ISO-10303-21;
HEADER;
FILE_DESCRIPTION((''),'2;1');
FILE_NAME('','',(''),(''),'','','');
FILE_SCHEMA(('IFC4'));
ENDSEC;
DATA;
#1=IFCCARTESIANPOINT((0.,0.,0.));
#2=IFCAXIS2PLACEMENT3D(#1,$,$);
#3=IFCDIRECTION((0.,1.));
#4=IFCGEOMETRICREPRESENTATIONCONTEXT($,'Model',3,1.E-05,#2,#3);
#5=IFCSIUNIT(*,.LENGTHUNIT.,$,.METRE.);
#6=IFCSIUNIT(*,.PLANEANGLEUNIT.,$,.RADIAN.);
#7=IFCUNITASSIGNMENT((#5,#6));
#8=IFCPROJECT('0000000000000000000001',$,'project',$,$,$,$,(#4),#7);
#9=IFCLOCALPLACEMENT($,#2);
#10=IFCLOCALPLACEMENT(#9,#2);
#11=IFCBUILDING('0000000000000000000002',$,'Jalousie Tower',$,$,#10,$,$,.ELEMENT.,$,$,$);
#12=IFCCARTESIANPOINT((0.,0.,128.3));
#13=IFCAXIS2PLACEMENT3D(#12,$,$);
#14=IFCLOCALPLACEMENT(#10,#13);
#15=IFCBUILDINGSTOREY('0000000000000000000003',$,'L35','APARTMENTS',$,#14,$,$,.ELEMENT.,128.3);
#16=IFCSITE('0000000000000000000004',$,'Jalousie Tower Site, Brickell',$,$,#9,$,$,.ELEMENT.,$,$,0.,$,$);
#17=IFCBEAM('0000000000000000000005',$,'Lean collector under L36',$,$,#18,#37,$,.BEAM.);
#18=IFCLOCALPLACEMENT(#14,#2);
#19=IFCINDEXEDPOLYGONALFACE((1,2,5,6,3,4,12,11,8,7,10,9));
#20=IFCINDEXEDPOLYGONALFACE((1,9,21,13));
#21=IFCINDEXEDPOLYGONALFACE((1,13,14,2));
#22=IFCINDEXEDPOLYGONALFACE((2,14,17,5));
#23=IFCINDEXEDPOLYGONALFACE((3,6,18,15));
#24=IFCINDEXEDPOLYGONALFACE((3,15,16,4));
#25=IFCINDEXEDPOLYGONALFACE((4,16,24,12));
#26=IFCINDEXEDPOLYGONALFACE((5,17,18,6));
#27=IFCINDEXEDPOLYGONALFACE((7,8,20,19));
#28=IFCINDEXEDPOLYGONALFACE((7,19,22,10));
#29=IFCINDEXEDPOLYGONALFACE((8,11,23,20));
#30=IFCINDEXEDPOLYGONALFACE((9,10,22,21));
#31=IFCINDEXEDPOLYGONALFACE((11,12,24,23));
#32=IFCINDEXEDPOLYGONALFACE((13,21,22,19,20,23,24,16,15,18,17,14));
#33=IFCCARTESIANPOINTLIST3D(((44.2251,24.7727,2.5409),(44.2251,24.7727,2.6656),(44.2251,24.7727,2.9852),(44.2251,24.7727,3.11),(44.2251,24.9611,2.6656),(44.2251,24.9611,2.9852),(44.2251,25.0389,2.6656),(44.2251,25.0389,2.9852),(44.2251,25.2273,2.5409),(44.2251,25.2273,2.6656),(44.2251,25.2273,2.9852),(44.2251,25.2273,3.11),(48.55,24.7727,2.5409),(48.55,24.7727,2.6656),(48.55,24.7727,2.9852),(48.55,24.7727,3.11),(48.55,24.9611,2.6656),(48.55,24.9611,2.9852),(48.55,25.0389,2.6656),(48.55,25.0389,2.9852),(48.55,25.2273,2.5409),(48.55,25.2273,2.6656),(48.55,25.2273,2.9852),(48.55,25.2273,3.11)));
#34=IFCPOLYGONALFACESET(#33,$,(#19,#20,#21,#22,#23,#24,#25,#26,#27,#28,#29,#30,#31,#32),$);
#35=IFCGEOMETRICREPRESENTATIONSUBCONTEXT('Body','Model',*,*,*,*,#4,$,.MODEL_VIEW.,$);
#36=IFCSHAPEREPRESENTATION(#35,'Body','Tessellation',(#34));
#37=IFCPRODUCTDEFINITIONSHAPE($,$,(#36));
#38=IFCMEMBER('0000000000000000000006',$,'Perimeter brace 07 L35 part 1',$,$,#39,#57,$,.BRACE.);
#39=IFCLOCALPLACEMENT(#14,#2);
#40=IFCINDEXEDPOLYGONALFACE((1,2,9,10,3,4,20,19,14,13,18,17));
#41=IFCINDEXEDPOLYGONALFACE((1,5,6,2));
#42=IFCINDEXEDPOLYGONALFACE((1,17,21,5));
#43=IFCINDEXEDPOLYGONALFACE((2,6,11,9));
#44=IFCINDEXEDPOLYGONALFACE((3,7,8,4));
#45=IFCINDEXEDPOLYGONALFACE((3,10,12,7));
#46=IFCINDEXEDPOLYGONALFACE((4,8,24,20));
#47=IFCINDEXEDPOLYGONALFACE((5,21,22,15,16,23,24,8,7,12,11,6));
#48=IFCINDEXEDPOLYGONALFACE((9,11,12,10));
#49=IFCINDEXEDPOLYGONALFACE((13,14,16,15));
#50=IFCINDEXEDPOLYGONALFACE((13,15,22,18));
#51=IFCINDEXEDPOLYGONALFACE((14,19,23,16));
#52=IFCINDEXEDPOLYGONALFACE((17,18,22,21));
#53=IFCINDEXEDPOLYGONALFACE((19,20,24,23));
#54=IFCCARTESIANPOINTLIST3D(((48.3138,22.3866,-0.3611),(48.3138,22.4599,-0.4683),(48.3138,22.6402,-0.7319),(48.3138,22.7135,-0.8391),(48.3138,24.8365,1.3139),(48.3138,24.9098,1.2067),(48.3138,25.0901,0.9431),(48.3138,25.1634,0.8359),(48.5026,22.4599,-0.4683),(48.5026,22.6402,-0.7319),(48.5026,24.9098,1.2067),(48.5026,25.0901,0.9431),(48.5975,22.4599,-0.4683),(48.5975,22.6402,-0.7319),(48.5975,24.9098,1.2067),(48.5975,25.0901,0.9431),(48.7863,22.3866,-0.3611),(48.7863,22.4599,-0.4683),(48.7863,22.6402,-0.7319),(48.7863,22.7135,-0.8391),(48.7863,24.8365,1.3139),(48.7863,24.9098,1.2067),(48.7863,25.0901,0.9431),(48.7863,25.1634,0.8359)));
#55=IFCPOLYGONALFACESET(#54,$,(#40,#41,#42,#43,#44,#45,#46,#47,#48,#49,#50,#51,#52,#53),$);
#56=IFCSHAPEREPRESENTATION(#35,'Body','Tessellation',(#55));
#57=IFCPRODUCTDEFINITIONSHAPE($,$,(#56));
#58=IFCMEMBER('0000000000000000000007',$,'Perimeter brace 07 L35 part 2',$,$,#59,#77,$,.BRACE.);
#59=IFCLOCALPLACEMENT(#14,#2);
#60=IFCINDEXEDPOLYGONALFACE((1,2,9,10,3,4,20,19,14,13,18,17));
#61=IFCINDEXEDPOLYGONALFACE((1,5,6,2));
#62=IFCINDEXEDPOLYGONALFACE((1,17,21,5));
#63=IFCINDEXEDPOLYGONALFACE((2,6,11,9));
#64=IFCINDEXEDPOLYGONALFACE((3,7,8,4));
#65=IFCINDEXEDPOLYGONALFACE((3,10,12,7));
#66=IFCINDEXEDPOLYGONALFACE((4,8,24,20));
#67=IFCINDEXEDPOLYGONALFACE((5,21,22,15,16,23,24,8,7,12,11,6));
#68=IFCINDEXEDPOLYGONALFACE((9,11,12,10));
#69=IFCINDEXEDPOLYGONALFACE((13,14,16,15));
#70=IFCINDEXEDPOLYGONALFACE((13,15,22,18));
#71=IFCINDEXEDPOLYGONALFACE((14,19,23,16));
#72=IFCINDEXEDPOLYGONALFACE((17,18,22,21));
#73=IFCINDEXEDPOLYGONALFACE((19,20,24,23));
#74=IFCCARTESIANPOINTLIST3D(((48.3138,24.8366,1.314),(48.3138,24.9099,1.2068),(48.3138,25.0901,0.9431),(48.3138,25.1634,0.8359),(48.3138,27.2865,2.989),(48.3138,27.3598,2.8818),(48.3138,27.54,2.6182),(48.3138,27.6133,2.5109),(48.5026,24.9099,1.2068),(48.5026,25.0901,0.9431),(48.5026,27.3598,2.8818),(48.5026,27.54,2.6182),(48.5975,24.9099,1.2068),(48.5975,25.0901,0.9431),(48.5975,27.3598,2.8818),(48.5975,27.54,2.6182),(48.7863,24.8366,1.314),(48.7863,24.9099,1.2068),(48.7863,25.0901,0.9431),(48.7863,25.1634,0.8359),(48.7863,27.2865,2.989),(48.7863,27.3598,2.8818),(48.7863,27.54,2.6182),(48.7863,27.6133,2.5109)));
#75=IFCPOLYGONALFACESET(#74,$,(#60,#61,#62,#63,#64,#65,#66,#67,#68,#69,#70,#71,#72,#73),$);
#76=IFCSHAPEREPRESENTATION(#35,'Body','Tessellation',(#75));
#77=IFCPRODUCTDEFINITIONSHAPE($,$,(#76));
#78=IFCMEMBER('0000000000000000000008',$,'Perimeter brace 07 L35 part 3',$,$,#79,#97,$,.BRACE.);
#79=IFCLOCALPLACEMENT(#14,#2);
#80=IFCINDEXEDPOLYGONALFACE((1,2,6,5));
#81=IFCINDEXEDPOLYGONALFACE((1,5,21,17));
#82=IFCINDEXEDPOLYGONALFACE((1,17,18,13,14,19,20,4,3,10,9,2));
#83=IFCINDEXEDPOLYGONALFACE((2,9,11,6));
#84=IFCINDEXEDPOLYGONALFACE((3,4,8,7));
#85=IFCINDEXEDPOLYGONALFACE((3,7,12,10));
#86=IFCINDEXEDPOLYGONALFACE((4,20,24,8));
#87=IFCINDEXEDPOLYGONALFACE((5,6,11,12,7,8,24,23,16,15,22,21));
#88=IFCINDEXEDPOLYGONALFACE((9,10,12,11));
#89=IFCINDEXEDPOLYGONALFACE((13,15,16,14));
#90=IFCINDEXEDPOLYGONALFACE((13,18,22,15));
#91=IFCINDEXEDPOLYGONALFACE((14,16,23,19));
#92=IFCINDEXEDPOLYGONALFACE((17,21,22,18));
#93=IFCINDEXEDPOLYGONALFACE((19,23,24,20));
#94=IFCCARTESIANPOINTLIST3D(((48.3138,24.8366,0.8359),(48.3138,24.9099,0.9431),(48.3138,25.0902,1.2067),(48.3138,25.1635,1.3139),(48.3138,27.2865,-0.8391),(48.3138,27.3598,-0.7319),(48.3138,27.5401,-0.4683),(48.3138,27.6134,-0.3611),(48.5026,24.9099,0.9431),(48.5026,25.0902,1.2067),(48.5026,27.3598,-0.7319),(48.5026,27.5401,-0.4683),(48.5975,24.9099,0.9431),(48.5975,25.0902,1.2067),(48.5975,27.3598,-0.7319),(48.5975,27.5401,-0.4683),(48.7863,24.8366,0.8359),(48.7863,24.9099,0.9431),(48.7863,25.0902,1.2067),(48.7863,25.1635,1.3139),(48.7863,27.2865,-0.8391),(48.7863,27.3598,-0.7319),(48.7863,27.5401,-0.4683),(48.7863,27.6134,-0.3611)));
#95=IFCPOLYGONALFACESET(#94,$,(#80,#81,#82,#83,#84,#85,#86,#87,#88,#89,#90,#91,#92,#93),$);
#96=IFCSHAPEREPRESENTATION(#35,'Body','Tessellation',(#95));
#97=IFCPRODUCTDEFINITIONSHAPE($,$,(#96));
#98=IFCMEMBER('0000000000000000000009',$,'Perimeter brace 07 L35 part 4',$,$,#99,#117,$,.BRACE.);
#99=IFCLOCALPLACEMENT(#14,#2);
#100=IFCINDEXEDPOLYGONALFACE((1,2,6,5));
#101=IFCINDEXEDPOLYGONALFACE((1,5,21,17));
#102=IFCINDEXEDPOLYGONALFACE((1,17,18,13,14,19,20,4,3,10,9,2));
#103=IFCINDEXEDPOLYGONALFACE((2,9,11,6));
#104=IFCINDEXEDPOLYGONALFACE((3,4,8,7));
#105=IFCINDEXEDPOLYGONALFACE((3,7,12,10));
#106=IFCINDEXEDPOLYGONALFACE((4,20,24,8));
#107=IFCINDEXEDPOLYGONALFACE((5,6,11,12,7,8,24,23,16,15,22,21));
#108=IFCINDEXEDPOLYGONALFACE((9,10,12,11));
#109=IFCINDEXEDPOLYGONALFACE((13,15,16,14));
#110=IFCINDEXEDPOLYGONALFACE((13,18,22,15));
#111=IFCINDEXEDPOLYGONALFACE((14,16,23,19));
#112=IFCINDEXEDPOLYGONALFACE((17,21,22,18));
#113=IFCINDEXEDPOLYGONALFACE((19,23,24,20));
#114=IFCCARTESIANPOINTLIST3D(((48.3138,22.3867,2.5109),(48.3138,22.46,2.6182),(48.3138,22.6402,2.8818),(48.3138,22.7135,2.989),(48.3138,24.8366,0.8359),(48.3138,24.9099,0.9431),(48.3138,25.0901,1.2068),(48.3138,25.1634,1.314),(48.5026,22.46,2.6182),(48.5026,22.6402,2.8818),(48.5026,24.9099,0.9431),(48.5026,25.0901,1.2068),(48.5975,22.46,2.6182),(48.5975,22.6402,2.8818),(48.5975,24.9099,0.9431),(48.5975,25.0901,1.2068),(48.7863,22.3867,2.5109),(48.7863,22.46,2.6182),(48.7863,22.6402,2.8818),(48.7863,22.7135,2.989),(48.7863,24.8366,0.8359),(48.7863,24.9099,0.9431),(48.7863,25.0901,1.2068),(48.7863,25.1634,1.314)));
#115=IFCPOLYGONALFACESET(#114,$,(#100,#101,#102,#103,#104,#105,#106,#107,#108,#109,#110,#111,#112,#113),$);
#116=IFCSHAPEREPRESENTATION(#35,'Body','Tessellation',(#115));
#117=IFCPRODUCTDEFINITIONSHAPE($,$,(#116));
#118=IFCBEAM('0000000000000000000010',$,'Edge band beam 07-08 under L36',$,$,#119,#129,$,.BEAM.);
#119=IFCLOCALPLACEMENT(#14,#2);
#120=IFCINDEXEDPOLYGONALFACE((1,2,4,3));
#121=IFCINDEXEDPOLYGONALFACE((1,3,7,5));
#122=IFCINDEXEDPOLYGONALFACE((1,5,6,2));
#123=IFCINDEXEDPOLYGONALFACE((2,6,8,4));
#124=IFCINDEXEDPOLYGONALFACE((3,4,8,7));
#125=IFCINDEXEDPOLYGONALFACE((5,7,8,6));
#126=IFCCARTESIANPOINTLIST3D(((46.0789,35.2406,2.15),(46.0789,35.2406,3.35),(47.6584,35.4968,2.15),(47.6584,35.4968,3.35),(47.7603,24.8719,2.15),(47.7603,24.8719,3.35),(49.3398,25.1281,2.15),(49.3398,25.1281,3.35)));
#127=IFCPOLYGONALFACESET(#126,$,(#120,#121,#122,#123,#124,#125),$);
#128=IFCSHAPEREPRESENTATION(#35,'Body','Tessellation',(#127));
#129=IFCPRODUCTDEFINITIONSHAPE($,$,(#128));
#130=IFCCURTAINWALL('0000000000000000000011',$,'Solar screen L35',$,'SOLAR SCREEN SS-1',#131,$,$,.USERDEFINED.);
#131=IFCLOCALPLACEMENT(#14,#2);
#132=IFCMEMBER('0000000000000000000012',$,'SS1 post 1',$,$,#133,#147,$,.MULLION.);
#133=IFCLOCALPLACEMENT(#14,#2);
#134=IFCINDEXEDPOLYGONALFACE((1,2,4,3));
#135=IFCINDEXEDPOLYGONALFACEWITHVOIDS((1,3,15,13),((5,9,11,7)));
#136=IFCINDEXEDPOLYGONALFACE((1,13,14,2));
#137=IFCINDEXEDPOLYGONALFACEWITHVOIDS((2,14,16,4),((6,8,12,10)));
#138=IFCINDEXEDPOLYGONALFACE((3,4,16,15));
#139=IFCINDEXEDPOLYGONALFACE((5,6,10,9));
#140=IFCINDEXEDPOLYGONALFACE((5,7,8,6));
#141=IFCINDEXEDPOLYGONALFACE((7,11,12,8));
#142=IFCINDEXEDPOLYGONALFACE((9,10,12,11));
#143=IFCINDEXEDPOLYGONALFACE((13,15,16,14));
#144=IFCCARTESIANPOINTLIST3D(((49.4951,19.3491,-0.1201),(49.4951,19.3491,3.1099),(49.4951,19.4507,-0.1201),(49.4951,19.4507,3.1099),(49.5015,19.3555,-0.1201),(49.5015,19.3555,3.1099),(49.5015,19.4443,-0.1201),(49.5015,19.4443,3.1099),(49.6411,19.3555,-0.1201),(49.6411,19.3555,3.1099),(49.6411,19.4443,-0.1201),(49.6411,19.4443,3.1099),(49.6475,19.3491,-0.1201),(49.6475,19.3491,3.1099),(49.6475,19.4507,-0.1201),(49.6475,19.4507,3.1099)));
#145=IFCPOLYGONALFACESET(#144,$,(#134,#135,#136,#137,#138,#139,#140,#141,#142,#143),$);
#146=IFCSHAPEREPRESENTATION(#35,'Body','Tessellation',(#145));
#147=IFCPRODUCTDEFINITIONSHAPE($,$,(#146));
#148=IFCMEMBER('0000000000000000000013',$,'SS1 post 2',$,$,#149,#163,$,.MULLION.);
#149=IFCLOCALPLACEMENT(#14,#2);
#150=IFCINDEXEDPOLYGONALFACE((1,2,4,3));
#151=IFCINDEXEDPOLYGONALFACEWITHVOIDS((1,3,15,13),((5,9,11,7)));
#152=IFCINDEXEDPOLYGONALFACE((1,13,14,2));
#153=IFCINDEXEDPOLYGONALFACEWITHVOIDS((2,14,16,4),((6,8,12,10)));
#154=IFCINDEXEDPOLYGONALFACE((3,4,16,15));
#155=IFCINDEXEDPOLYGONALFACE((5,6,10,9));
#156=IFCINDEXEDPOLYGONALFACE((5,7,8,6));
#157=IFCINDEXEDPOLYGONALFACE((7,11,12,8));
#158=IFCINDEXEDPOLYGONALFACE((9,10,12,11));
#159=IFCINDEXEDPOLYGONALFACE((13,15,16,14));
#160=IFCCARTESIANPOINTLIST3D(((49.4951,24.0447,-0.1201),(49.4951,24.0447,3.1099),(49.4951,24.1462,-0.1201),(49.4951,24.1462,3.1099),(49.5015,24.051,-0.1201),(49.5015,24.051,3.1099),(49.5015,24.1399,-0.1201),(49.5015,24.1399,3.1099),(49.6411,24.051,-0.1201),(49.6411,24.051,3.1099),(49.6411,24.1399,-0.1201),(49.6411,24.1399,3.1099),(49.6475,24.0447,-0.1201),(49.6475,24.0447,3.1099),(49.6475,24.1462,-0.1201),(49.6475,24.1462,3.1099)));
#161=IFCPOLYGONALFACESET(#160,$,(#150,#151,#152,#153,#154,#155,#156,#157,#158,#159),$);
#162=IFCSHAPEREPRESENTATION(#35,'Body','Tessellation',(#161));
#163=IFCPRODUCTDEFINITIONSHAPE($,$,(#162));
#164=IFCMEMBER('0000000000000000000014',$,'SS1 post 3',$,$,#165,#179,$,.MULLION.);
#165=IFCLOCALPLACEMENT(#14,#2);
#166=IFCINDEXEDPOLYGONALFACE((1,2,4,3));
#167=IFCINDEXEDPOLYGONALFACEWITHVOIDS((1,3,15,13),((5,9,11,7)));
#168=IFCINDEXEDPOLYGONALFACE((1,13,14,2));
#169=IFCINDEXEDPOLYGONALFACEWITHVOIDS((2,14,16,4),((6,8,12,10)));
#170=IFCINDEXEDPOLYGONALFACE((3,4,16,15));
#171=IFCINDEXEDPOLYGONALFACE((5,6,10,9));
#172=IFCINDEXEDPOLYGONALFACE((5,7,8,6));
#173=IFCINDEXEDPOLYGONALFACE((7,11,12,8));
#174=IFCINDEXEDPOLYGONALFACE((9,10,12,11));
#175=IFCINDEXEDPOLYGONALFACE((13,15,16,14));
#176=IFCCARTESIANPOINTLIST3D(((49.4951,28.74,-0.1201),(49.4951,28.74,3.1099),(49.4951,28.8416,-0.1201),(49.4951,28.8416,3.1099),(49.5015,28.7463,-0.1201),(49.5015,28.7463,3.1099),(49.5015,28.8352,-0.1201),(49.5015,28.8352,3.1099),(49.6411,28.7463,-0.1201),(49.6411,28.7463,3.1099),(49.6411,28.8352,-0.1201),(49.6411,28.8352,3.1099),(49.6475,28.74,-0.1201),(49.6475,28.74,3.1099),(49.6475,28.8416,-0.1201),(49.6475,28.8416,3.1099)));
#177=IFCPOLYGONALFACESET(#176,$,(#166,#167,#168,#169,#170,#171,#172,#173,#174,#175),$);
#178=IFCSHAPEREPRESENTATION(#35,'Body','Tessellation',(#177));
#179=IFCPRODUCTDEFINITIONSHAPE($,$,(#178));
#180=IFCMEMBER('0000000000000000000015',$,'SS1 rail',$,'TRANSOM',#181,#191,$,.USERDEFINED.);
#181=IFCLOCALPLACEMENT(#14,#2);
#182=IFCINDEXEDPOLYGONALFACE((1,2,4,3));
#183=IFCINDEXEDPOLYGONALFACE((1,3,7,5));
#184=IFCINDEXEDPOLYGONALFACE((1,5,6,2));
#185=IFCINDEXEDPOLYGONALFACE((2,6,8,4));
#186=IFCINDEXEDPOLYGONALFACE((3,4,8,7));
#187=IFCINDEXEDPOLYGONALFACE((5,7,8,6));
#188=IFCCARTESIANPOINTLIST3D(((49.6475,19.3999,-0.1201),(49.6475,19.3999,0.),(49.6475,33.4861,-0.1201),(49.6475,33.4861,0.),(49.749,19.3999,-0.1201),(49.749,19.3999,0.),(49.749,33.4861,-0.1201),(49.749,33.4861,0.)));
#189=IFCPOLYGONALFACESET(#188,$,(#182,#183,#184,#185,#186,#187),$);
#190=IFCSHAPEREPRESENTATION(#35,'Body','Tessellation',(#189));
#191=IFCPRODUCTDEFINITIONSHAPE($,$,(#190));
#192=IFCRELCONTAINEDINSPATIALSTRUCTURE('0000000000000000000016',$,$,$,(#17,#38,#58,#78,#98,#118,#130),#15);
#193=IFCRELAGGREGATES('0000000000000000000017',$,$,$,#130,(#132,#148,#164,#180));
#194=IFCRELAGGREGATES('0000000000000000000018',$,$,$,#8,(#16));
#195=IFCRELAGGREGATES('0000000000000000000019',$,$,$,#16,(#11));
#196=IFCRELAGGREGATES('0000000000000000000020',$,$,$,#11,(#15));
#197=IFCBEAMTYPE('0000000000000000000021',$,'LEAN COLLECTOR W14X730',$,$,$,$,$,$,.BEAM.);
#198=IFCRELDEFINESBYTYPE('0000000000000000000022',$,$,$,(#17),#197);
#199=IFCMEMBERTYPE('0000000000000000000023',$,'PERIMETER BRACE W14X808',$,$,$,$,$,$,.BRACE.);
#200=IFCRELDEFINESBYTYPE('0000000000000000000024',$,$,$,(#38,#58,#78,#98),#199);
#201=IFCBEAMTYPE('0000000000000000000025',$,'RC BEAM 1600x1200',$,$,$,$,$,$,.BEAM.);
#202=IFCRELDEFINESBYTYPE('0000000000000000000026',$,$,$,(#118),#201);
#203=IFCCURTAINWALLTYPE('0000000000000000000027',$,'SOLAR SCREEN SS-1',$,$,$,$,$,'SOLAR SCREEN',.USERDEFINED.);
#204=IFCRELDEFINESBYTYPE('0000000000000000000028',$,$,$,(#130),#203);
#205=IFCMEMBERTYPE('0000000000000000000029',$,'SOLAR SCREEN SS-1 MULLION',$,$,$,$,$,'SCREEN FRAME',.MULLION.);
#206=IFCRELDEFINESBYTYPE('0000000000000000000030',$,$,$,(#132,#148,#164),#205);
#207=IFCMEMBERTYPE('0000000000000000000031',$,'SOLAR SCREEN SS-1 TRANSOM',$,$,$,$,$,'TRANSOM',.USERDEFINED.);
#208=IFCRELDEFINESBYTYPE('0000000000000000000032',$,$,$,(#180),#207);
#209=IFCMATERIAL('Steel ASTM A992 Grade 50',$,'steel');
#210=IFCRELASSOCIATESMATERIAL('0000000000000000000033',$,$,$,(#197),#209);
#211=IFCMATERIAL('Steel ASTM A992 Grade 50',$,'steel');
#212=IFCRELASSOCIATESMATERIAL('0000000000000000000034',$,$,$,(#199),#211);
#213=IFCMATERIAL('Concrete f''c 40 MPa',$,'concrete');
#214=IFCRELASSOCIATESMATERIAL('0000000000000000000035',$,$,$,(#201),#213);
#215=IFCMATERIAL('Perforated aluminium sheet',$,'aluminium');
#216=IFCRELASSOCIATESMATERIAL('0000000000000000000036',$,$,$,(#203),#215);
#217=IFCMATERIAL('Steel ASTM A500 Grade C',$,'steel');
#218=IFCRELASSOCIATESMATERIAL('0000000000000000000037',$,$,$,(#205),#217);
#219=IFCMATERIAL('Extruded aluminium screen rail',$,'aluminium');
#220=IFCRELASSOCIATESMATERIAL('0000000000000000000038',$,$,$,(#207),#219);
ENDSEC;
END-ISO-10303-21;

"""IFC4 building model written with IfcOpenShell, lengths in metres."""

from ifc_helpers import new_model, si_unit, direction, frame, origin, origin_2d, place, context, subcontext, project, spatial, rectangle, hollow_rectangle, i_section, extrude, material, material_profile, profile_set, type_object, element, aggregate, save


model = new_model("IFC4")

# Units and contexts
model_context = context("Model", 3, precision=1e-05, world=origin(), true_north=direction((0.0, 1.0)))
body_context = subcontext(model_context, "Body", "Model", "MODEL_VIEW")
ifc_project = project(units=[si_unit("LENGTHUNIT", "METRE"), si_unit("PLANEANGLEUNIT", "RADIAN")], contexts=[model_context])

# Site, building, storey
site_placement = place(None, origin())
site = spatial("IfcSite", under=ifc_project, at=site_placement, Name="Jalousie Tower Site, Brickell", CompositionType="ELEMENT", RefElevation=0.0)
building_placement = place(site_placement, origin())
building = spatial("IfcBuilding", under=site, at=building_placement, Name="Jalousie Tower", CompositionType="ELEMENT")
storey_placement = place(building_placement, frame((0.0, 0.0, 128.3)))
storey = spatial("IfcBuildingStorey", under=building, at=storey_placement, Name="L35", Description="APARTMENTS", CompositionType="ELEMENT", Elevation=128.3)

# Beam
ifc_material_1 = material(Name="Steel ASTM A992 Grade 50", Category="steel")
ifc_material_profile_1 = material_profile(ifc_material_1, i_section(OverallWidth=0.4546, OverallDepth=0.5691, WebThickness=0.0779, FlangeThickness=0.1248, at=origin_2d()), Name="W14X730")
ifc_profile_set_1 = profile_set([ifc_material_profile_1], Name="Steel ASTM A992 Grade 50")
beam_type_1 = type_object("IfcBeamType", Name="LEAN COLLECTOR W14X730", PredefinedType="BEAM", material=ifc_profile_set_1)
beam_1_placement = place(storey_placement, frame((48.55, 25.0, 2.8254), z_axis=(-1.0, 0.0, 0.0), x_axis=(0.0, -1.0, 0.0)))
element("IfcBeam", 1, at=beam_1_placement, inside=storey, type_object=beam_type_1, Name="Lean collector under L36", PredefinedType="BEAM", context=body_context, shape_type="SweptSolid", body=[
    extrude(i_section(OverallWidth=0.4546, OverallDepth=0.5691, WebThickness=0.0779, FlangeThickness=0.1248, at=origin_2d()), origin(), (0.0, 0.0, 1.0), 4.325),
])

# Members
ifc_material_2 = material(Name="Steel ASTM A992 Grade 50", Category="steel")
ifc_material_profile_2 = material_profile(ifc_material_2, i_section(OverallWidth=0.4724, OverallDepth=0.5791, WebThickness=0.095, FlangeThickness=0.1299, at=origin_2d()), Name="W14X808")
ifc_profile_set_2 = profile_set([ifc_material_profile_2], Name="Steel ASTM A992 Grade 50")
member_type_1 = type_object("IfcMemberType", Name="PERIMETER BRACE W14X808", PredefinedType="BRACE", material=ifc_profile_set_2)
for number, where, z_axis, x_axis, name in (
    (2, (48.55, 22.55, -0.6001), (0.0, 0.825501, 0.564401), (-1.0, 0.0, 0.0), "Perimeter brace 07 L35 part 1"),
    (3, (48.55, 25.0, 1.075), (0.0, 0.825501, 0.564401), (-1.0, 0.0, 0.0), "Perimeter brace 07 L35 part 2"),
    (4, (48.55, 27.45, -0.6001), (0.0, -0.825501, 0.564401), (1.0, 0.0, 0.0), "Perimeter brace 07 L35 part 3"),
    (5, (48.55, 25.0, 1.075), (0.0, -0.825501, 0.564401), (1.0, 0.0, 0.0), "Perimeter brace 07 L35 part 4"),
):
    element("IfcMember", number, at=place(storey_placement, frame(where, z_axis=z_axis, x_axis=x_axis)), inside=storey, type_object=member_type_1, Name=name, PredefinedType="BRACE", context=body_context, shape_type="SweptSolid", body=[
        extrude(i_section(OverallWidth=0.4724, OverallDepth=0.5791, WebThickness=0.095, FlangeThickness=0.1299, at=origin_2d()), origin(), (0.0, 0.0, 1.0), 2.9678),
    ])

# Beam
ifc_material_3 = material(Name="Concrete f'c 40 MPa", Category="concrete")
ifc_material_profile_3 = material_profile(ifc_material_3, rectangle(XDim=1.6001, YDim=1.2, at=origin_2d()), Name="RC 1600x1200")
ifc_profile_set_3 = profile_set([ifc_material_profile_3], Name="Concrete f'c 40 MPa")
beam_type_2 = type_object("IfcBeamType", Name="RC BEAM 1600x1200", PredefinedType="BEAM", material=ifc_profile_set_3)
beam_2_placement = place(storey_placement, frame((48.55, 25.0, 2.75), z_axis=(-0.160071, 0.987106, 0.0), x_axis=(-0.987106, -0.160071, 0.0)))
element("IfcBeam", 6, at=beam_2_placement, inside=storey, type_object=beam_type_2, Name="Edge band beam 07-08 under L36", PredefinedType="BEAM", context=body_context, shape_type="SweptSolid", body=[
    extrude(rectangle(XDim=1.6001, YDim=1.2, at=origin_2d()), origin(), (0.0, 0.0, 1.0), 10.5042),
])

# Curtain wall, members
ifc_material_4 = material(Name="Perforated aluminium sheet", Category="aluminium")
curtain_wall_type = type_object("IfcCurtainWallType", Name="SOLAR SCREEN SS-1", ElementType="SOLAR SCREEN", PredefinedType="USERDEFINED", material=ifc_material_4)
curtain_wall_placement = place(storey_placement, origin())
curtain_wall = element("IfcCurtainWall", 7, at=curtain_wall_placement, inside=storey, type_object=curtain_wall_type, Name="Solar screen L35", ObjectType="SOLAR SCREEN SS-1", PredefinedType="USERDEFINED")
ifc_material_5 = material(Name="Steel ASTM A500 Grade C", Category="steel")
ifc_material_profile_4 = material_profile(ifc_material_5, hollow_rectangle(XDim=0.1016, YDim=0.1523, WallThickness=0.0063, at=origin_2d()), Name="HSS6X4X1/4")
ifc_profile_set_4 = profile_set([ifc_material_profile_4], Name="Steel ASTM A500 Grade C")
member_type_2 = type_object("IfcMemberType", Name="SOLAR SCREEN SS-1 MULLION", ElementType="SCREEN FRAME", PredefinedType="MULLION", material=ifc_profile_set_4)
member_1_placement = place(storey_placement, frame((49.5713, 19.3999, -0.1201), z_axis=(0.0, 0.0, 1.0), x_axis=(0.0, 1.0, 0.0)))
member_1 = element("IfcMember", 8, at=member_1_placement, type_object=member_type_2, Name="SS1 post 1", PredefinedType="MULLION", context=body_context, shape_type="SweptSolid", body=[
    extrude(hollow_rectangle(XDim=0.1016, YDim=0.1523, WallThickness=0.0063, at=origin_2d()), origin(), (0.0, 0.0, 1.0), 3.23),
])
member_2_placement = place(storey_placement, frame((49.5713, 24.0955, -0.1201), z_axis=(0.0, 0.0, 1.0), x_axis=(0.0, 1.0, 0.0)))
member_2 = element("IfcMember", 9, at=member_2_placement, type_object=member_type_2, Name="SS1 post 2", PredefinedType="MULLION", context=body_context, shape_type="SweptSolid", body=[
    extrude(hollow_rectangle(XDim=0.1016, YDim=0.1523, WallThickness=0.0063, at=origin_2d()), origin(), (0.0, 0.0, 1.0), 3.23),
])
member_3_placement = place(storey_placement, frame((49.5713, 28.7908, -0.1201), z_axis=(0.0, 0.0, 1.0), x_axis=(0.0, 1.0, 0.0)))
member_3 = element("IfcMember", 10, at=member_3_placement, type_object=member_type_2, Name="SS1 post 3", PredefinedType="MULLION", context=body_context, shape_type="SweptSolid", body=[
    extrude(hollow_rectangle(XDim=0.1016, YDim=0.1523, WallThickness=0.0063, at=origin_2d()), origin(), (0.0, 0.0, 1.0), 3.23),
])
ifc_material_6 = material(Name="Extruded aluminium screen rail", Category="aluminium")
ifc_material_profile_5 = material_profile(ifc_material_6, rectangle(XDim=0.1016, YDim=0.1201, at=origin_2d()), Name="RAIL 102x120")
ifc_profile_set_5 = profile_set([ifc_material_profile_5], Name="Extruded aluminium screen rail")
member_type_3 = type_object("IfcMemberType", Name="SOLAR SCREEN SS-1 TRANSOM", ElementType="TRANSOM", PredefinedType="USERDEFINED", material=ifc_profile_set_5)
member_4_placement = place(storey_placement, frame((49.6982, 19.3999, -0.0601), z_axis=(0.0, 1.0, 0.0), x_axis=(-1.0, 0.0, 0.0)))
member_4 = element("IfcMember", 11, at=member_4_placement, type_object=member_type_3, Name="SS1 rail", ObjectType="TRANSOM", PredefinedType="USERDEFINED", context=body_context, shape_type="SweptSolid", body=[
    extrude(rectangle(XDim=0.1016, YDim=0.1201, at=origin_2d()), origin(), (0.0, 0.0, 1.0), 14.0862),
])
aggregate(curtain_wall, [member_1, member_2, member_3, member_4])

save(model, "model.ifc")
